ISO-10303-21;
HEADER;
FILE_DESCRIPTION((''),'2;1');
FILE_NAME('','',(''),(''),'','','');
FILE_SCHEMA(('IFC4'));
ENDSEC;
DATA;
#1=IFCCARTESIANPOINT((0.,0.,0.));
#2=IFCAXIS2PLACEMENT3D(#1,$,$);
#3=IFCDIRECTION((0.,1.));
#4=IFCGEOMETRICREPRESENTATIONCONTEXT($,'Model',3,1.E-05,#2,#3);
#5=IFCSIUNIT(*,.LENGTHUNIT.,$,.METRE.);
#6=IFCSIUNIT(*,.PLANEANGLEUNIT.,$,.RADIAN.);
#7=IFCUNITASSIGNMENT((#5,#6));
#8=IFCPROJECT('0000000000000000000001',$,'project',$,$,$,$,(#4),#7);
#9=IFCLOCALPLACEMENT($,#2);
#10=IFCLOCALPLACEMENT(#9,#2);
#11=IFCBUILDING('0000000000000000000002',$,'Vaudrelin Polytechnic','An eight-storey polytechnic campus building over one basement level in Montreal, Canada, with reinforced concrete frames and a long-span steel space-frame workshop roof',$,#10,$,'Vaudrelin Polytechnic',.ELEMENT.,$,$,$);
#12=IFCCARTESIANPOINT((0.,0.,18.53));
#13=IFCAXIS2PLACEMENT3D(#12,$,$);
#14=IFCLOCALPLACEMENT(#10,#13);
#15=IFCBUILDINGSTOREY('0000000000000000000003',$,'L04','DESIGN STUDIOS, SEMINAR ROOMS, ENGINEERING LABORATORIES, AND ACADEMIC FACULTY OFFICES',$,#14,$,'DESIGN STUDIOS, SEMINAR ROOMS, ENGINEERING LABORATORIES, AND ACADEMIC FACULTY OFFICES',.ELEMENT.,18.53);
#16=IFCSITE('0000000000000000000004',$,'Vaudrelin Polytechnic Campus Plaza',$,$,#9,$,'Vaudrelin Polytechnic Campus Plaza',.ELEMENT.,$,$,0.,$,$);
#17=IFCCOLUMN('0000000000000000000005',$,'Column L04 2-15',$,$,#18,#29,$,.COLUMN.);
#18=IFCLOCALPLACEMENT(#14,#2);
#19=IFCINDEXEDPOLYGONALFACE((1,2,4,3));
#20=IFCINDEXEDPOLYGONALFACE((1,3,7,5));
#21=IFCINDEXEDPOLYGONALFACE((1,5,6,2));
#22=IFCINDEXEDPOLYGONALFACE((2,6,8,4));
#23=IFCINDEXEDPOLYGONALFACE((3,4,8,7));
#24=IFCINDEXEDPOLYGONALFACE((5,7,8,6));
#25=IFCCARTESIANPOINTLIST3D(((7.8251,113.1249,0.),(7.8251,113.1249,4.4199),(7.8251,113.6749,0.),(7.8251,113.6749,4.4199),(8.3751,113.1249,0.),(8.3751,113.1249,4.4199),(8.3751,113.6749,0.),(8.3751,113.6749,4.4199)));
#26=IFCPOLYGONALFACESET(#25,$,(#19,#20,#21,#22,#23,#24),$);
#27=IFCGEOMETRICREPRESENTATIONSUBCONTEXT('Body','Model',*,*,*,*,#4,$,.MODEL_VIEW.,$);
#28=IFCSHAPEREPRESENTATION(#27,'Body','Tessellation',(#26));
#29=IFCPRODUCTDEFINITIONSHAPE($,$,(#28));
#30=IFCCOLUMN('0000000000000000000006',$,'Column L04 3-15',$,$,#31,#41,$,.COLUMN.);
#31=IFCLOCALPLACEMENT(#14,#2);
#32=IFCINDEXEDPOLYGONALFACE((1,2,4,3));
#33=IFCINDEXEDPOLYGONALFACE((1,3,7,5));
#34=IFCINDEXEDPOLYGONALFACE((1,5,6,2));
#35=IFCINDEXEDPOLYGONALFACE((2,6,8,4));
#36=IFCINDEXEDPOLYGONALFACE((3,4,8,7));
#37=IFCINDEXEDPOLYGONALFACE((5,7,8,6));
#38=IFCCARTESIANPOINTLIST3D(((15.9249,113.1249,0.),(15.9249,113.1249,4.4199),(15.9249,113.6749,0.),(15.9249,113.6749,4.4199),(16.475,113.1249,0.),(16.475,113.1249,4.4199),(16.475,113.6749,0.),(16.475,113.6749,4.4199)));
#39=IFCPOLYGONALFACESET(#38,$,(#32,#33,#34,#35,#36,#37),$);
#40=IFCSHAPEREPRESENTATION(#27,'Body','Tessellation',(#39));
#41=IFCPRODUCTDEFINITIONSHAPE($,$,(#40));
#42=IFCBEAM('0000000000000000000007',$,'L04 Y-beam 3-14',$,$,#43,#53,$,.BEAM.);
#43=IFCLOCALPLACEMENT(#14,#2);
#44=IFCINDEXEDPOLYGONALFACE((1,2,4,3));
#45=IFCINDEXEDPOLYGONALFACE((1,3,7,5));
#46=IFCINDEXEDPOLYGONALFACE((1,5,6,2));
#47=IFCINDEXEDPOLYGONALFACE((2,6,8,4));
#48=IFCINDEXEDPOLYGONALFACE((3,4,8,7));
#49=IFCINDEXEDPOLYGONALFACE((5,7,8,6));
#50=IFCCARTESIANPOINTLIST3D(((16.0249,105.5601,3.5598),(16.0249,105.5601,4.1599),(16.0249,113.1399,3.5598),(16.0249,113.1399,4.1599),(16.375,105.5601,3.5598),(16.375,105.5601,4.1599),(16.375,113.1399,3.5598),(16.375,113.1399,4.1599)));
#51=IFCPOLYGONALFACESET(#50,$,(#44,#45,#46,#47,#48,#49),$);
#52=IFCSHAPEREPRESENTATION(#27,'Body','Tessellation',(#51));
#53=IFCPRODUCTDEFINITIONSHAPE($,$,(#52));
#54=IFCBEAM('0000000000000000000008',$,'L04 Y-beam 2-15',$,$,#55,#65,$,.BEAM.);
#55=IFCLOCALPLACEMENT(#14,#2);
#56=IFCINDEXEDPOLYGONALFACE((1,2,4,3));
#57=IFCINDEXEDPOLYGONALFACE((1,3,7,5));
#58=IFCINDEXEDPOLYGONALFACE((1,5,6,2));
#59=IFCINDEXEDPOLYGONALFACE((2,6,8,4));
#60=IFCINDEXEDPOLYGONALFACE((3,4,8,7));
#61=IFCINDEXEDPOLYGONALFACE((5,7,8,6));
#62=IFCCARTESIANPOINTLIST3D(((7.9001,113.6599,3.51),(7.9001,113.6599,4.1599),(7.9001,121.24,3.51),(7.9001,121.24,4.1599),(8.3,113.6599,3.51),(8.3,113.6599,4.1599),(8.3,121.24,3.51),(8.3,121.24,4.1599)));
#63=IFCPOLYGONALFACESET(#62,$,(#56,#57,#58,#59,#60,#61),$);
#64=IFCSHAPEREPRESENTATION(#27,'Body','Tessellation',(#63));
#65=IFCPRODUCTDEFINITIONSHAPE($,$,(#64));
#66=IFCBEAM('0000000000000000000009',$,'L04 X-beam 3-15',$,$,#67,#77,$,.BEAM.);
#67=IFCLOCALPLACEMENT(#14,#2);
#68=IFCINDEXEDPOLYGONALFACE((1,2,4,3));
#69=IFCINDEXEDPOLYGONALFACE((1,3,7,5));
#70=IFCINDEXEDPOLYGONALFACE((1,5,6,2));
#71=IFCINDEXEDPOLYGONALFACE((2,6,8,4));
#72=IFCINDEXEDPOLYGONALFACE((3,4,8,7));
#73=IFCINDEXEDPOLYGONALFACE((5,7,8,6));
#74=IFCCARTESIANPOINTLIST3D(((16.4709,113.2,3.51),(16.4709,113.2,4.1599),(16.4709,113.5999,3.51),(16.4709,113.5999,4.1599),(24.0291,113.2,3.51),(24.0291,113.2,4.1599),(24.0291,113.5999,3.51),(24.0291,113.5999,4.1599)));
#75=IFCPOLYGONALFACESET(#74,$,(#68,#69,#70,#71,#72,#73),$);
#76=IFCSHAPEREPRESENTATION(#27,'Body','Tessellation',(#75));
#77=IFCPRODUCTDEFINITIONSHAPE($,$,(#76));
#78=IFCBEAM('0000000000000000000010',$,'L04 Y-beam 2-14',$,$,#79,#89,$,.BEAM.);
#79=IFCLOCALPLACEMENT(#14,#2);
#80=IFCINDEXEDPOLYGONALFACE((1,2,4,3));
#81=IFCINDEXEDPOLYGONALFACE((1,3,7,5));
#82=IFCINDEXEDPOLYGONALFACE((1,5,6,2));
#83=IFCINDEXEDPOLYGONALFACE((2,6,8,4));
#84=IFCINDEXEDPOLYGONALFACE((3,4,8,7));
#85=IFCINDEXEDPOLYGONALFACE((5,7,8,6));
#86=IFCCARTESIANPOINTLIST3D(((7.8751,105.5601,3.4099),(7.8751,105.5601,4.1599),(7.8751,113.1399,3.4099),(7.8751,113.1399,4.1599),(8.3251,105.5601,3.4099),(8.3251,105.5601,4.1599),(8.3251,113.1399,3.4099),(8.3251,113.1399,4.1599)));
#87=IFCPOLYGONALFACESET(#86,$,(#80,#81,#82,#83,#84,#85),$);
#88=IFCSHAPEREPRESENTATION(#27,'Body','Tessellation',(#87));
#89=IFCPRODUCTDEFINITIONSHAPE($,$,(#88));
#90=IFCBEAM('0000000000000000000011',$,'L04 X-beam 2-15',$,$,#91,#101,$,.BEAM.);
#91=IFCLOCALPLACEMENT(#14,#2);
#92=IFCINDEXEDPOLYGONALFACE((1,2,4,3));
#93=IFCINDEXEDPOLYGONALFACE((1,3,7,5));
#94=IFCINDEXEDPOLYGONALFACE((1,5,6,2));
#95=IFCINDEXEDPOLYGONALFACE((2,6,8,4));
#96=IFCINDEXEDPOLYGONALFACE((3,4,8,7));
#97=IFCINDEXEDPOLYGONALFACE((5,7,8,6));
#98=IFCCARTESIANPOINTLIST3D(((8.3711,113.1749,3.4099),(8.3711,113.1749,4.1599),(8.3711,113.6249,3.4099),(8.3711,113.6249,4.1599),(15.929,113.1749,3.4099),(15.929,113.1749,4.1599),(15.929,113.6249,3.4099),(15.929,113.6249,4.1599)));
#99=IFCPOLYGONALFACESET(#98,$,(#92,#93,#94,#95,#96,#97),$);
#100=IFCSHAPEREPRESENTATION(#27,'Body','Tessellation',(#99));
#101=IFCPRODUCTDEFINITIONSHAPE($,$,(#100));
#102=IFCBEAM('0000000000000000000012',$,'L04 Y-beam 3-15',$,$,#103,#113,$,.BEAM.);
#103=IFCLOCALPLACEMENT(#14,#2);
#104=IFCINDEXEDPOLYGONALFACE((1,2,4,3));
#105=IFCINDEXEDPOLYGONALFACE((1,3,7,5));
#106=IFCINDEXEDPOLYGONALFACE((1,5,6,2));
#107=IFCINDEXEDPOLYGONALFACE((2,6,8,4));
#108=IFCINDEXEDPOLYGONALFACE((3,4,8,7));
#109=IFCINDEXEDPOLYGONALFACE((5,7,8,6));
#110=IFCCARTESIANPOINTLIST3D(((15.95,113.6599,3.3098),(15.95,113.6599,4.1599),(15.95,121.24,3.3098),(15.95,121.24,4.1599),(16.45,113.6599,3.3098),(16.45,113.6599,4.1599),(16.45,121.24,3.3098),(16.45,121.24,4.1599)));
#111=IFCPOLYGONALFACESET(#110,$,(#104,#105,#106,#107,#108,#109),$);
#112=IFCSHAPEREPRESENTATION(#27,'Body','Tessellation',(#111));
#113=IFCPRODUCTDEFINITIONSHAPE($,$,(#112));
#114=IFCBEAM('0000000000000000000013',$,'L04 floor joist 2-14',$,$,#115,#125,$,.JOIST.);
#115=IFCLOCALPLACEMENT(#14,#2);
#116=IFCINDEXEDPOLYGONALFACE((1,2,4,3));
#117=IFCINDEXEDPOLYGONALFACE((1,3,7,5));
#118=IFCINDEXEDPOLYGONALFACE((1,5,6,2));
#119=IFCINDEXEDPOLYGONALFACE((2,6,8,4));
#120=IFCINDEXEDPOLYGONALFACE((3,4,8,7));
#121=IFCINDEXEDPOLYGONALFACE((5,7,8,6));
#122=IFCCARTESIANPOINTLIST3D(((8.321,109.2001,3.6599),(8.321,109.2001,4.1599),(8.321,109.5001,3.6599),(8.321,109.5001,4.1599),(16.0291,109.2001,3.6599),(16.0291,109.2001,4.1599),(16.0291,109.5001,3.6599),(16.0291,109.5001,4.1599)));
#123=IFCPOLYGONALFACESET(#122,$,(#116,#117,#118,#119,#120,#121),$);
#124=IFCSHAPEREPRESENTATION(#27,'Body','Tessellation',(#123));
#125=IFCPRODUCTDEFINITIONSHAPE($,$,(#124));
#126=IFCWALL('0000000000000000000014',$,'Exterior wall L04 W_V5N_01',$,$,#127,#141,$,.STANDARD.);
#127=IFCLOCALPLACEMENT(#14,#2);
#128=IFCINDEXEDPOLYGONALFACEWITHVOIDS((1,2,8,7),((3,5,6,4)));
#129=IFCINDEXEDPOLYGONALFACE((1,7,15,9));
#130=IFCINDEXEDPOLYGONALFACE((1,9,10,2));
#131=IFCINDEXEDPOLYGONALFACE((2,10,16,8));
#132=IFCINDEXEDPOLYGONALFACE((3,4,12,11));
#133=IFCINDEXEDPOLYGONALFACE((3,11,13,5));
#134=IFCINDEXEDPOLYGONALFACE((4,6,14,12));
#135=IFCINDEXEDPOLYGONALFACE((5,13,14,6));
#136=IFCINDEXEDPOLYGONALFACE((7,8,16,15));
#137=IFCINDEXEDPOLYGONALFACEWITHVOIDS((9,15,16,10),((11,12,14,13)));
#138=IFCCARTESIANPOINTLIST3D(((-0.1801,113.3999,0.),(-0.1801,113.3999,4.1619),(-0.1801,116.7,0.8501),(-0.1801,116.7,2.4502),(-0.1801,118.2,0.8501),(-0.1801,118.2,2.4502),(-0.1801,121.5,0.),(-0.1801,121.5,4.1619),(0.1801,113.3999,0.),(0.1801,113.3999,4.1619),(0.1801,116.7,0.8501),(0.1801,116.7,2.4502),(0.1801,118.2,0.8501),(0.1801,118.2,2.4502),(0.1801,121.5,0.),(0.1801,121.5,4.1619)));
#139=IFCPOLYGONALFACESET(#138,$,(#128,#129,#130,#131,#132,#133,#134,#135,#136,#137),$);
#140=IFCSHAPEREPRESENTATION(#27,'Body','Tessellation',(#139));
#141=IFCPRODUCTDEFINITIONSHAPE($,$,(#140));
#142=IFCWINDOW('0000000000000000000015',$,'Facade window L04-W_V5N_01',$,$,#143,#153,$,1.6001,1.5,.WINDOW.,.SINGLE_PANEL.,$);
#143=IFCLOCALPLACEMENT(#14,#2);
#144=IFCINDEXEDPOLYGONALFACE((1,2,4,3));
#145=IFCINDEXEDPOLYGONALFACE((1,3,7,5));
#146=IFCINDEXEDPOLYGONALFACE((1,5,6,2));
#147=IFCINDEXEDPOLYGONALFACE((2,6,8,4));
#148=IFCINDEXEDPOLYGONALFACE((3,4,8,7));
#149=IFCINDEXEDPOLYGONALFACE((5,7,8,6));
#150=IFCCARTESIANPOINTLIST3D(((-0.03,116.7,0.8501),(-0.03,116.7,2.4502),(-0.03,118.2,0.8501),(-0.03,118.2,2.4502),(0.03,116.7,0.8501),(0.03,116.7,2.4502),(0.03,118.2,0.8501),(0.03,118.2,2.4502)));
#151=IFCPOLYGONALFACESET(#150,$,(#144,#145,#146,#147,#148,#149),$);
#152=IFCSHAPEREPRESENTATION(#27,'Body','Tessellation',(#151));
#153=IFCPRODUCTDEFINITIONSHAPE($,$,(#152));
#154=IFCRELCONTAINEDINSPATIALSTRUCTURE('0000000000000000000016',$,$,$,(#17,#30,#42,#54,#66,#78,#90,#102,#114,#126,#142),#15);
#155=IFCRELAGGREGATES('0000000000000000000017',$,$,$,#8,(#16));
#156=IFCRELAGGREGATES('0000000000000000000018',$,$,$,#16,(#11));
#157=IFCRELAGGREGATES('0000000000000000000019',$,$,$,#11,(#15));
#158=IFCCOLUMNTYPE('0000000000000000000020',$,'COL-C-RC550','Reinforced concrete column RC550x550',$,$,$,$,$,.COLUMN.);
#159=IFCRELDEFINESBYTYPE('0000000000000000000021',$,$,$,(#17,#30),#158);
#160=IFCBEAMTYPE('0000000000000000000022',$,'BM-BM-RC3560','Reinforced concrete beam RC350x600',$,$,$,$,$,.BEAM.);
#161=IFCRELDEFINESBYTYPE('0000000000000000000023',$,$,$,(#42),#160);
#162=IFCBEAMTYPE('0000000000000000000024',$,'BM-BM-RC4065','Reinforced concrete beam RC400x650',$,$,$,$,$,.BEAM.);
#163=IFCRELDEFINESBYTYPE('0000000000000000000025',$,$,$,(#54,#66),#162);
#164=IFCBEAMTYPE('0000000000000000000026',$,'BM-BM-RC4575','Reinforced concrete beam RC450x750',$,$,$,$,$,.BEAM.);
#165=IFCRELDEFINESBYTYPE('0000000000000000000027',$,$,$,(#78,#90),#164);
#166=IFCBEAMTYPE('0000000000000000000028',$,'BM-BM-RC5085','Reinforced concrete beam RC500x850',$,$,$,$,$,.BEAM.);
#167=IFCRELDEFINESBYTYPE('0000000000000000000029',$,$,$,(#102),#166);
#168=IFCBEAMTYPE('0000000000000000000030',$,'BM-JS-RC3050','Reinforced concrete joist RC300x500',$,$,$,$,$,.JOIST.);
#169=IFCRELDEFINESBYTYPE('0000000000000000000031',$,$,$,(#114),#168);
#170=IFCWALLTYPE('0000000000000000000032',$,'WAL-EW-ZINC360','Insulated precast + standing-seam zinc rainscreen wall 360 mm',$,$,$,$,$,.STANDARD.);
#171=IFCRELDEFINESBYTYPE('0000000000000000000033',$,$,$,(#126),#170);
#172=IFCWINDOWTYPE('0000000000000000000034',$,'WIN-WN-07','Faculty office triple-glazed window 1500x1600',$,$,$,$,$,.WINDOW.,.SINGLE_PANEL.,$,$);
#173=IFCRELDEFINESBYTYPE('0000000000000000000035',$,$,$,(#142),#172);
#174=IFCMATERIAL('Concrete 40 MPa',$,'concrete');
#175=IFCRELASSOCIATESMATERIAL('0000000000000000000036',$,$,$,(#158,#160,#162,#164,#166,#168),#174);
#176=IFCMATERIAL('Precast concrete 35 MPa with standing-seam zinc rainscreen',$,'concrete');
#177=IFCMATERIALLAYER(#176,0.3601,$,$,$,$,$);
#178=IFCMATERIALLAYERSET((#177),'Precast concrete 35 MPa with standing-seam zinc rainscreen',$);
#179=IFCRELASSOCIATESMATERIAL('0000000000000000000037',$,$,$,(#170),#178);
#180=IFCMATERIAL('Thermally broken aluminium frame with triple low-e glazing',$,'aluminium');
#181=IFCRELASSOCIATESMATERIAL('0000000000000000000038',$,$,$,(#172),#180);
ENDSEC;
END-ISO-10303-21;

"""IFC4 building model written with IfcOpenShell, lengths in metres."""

from ifc_helpers import new_model, si_unit, direction, frame, frame_2d, origin, origin_2d, place, context, subcontext, project, spatial, rectangle, extrude, material, layer, layer_set, material_profile, profile_set, type_object, element, fill, save


model = new_model("IFC4")

# Units and contexts
model_context = context("Model", 3, precision=1e-05, world=origin(), true_north=direction((0.0, 1.0)))
body_context = subcontext(model_context, "Body", "Model", "MODEL_VIEW")
ifc_project = project(units=[si_unit("LENGTHUNIT", "METRE"), si_unit("PLANEANGLEUNIT", "RADIAN")], contexts=[model_context])

# Site, building, storey
site_placement = place(None, origin())
site = spatial("IfcSite", under=ifc_project, at=site_placement, Name="Vaudrelin Polytechnic Campus Plaza", LongName="Vaudrelin Polytechnic Campus Plaza", CompositionType="ELEMENT", RefElevation=0.0)
building_placement = place(site_placement, origin())
building = spatial("IfcBuilding", under=site, at=building_placement, Name="Vaudrelin Polytechnic", Description="An eight-storey polytechnic campus building over one basement level in Montreal, Canada, with reinforced concrete frames and a long-span steel space-frame workshop roof", LongName="Vaudrelin Polytechnic", CompositionType="ELEMENT")
storey_placement = place(building_placement, frame((0.0, 0.0, 18.53)))
storey = spatial("IfcBuildingStorey", under=building, at=storey_placement, Name="L04", Description="DESIGN STUDIOS, SEMINAR ROOMS, ENGINEERING LABORATORIES, AND ACADEMIC FACULTY OFFICES", LongName="DESIGN STUDIOS, SEMINAR ROOMS, ENGINEERING LABORATORIES, AND ACADEMIC FACULTY OFFICES", CompositionType="ELEMENT", Elevation=18.53)

# Columns
ifc_material_1 = material(Name="Concrete 40 MPa", Category="concrete")
ifc_material_profile_1 = material_profile(ifc_material_1, rectangle(XDim=0.55, YDim=0.55, at=origin_2d()), Name="RC550x550")
ifc_profile_set_1 = profile_set([ifc_material_profile_1], Name="Concrete 40 MPa")
column_type = type_object("IfcColumnType", Name="COL-C-RC550", Description="Reinforced concrete column RC550x550", PredefinedType="COLUMN", material=ifc_profile_set_1)
for number, where, z_axis, x_axis, name in (
    (1, (8.1001, 113.3999, 0.0), (0.0, 0.0, 1.0), (1.0, 0.0, 0.0), "Column L04 2-15"),
    (2, (16.2, 113.3999, 0.0), (0.0, 0.0, 1.0), (1.0, 0.0, 0.0), "Column L04 3-15"),
):
    element("IfcColumn", number, at=place(storey_placement, frame(where, z_axis=z_axis, x_axis=x_axis)), inside=storey, type_object=column_type, Name=name, PredefinedType="COLUMN", context=body_context, shape_type="SweptSolid", body=[
        extrude(rectangle(XDim=0.55, YDim=0.55, at=origin_2d()), origin(), (0.0, 0.0, 1.0), 4.4199),
    ])

# Beams
ifc_material_profile_2 = material_profile(ifc_material_1, rectangle(XDim=0.3501, YDim=0.6001, at=origin_2d()), Name="RC350x600")
ifc_profile_set_2 = profile_set([ifc_material_profile_2], Name="Concrete 40 MPa")
beam_type_1 = type_object("IfcBeamType", Name="BM-BM-RC3560", Description="Reinforced concrete beam RC350x600", PredefinedType="BEAM", material=ifc_profile_set_2)
beam_1_placement = place(storey_placement, frame((16.2, 105.5601, 3.8599), z_axis=(0.0, 1.0, 0.0), x_axis=(-1.0, 0.0, 0.0)))
element("IfcBeam", 3, at=beam_1_placement, inside=storey, type_object=beam_type_1, Name="L04 Y-beam 3-14", PredefinedType="BEAM", context=body_context, shape_type="SweptSolid", body=[
    extrude(rectangle(XDim=0.3501, YDim=0.6001, at=origin_2d()), origin(), (0.0, 0.0, 1.0), 7.5798),
])
ifc_material_profile_3 = material_profile(ifc_material_1, rectangle(XDim=0.3999, YDim=0.6499, at=origin_2d()), Name="RC400x650")
ifc_profile_set_3 = profile_set([ifc_material_profile_3], Name="Concrete 40 MPa")
beam_type_2 = type_object("IfcBeamType", Name="BM-BM-RC4065", Description="Reinforced concrete beam RC400x650", PredefinedType="BEAM", material=ifc_profile_set_3)
beam_2_placement = place(storey_placement, frame((8.1001, 113.6599, 3.835), z_axis=(0.0, 1.0, 0.0), x_axis=(-1.0, 0.0, 0.0)))
element("IfcBeam", 4, at=beam_2_placement, inside=storey, type_object=beam_type_2, Name="L04 Y-beam 2-15", PredefinedType="BEAM", context=body_context, shape_type="SweptSolid", body=[
    extrude(rectangle(XDim=0.3999, YDim=0.6499, at=origin_2d()), origin(), (0.0, 0.0, 1.0), 7.5801),
])
beam_3_placement = place(storey_placement, frame((16.4709, 113.3999, 3.835), z_axis=(1.0, 0.0, 0.0), x_axis=(0.0, 1.0, 0.0)))
element("IfcBeam", 5, at=beam_3_placement, inside=storey, type_object=beam_type_2, Name="L04 X-beam 3-15", PredefinedType="BEAM", context=body_context, shape_type="SweptSolid", body=[
    extrude(rectangle(XDim=0.3999, YDim=0.6499, at=origin_2d()), origin(), (0.0, 0.0, 1.0), 7.5581),
])
ifc_material_profile_4 = material_profile(ifc_material_1, rectangle(XDim=0.45, YDim=0.75, at=origin_2d()), Name="RC450x750")
ifc_profile_set_4 = profile_set([ifc_material_profile_4], Name="Concrete 40 MPa")
beam_type_3 = type_object("IfcBeamType", Name="BM-BM-RC4575", Description="Reinforced concrete beam RC450x750", PredefinedType="BEAM", material=ifc_profile_set_4)
beam_4_placement = place(storey_placement, frame((8.1001, 105.5601, 3.7849), z_axis=(0.0, 1.0, 0.0), x_axis=(-1.0, 0.0, 0.0)))
element("IfcBeam", 6, at=beam_4_placement, inside=storey, type_object=beam_type_3, Name="L04 Y-beam 2-14", PredefinedType="BEAM", context=body_context, shape_type="SweptSolid", body=[
    extrude(rectangle(XDim=0.45, YDim=0.75, at=origin_2d()), origin(), (0.0, 0.0, 1.0), 7.5798),
])
beam_5_placement = place(storey_placement, frame((8.3711, 113.3999, 3.7849), z_axis=(1.0, 0.0, 0.0), x_axis=(0.0, 1.0, 0.0)))
element("IfcBeam", 7, at=beam_5_placement, inside=storey, type_object=beam_type_3, Name="L04 X-beam 2-15", PredefinedType="BEAM", context=body_context, shape_type="SweptSolid", body=[
    extrude(rectangle(XDim=0.45, YDim=0.75, at=origin_2d()), origin(), (0.0, 0.0, 1.0), 7.5579),
])
ifc_material_profile_5 = material_profile(ifc_material_1, rectangle(XDim=0.5, YDim=0.8501, at=origin_2d()), Name="RC500x850")
ifc_profile_set_5 = profile_set([ifc_material_profile_5], Name="Concrete 40 MPa")
beam_type_4 = type_object("IfcBeamType", Name="BM-BM-RC5085", Description="Reinforced concrete beam RC500x850", PredefinedType="BEAM", material=ifc_profile_set_5)
beam_6_placement = place(storey_placement, frame((16.2, 113.6599, 3.7349), z_axis=(0.0, 1.0, 0.0), x_axis=(-1.0, 0.0, 0.0)))
element("IfcBeam", 8, at=beam_6_placement, inside=storey, type_object=beam_type_4, Name="L04 Y-beam 3-15", PredefinedType="BEAM", context=body_context, shape_type="SweptSolid", body=[
    extrude(rectangle(XDim=0.5, YDim=0.8501, at=origin_2d()), origin(), (0.0, 0.0, 1.0), 7.5801),
])
ifc_material_profile_6 = material_profile(ifc_material_1, rectangle(XDim=0.3, YDim=0.5, at=origin_2d()), Name="RC300x500")
ifc_profile_set_6 = profile_set([ifc_material_profile_6], Name="Concrete 40 MPa")
beam_type_5 = type_object("IfcBeamType", Name="BM-JS-RC3050", Description="Reinforced concrete joist RC300x500", PredefinedType="JOIST", material=ifc_profile_set_6)
beam_7_placement = place(storey_placement, frame((8.321, 109.3501, 3.9099), z_axis=(1.0, 0.0, 0.0), x_axis=(0.0, 1.0, 0.0)))
element("IfcBeam", 9, at=beam_7_placement, inside=storey, type_object=beam_type_5, Name="L04 floor joist 2-14", PredefinedType="JOIST", context=body_context, shape_type="SweptSolid", body=[
    extrude(rectangle(XDim=0.3, YDim=0.5, at=origin_2d()), origin(), (0.0, 0.0, 1.0), 7.708),
])

# Wall, opening, window
ifc_material_2 = material(Name="Precast concrete 35 MPa with standing-seam zinc rainscreen", Category="concrete")
ifc_layer_1 = layer(ifc_material_2, 0.3601)
ifc_layer_set_1 = layer_set([ifc_layer_1], Name="Precast concrete 35 MPa with standing-seam zinc rainscreen")
wall_type_1 = type_object("IfcWallType", Name="WAL-EW-ZINC360", Description="Insulated precast + standing-seam zinc rainscreen wall 360 mm", PredefinedType="STANDARD", material=ifc_layer_set_1)
wall_1_placement = place(storey_placement, frame((0.0, 113.3999, 0.0), z_axis=(0.0, 0.0, 1.0), x_axis=(0.0, 1.0, 0.0)))
wall_1 = element("IfcWall", 10, at=wall_1_placement, inside=storey, type_object=wall_type_1, Name="Exterior wall L04 W_V5N_01", PredefinedType="STANDARD", context=body_context, shape_type="SweptSolid", body=[
    extrude(rectangle(XDim=8.1001, YDim=0.3601, at=frame_2d((4.05, 0.0))), origin(), (0.0, 0.0, 1.0), 4.1619),
])
opening_1_placement = place(wall_1_placement, frame((3.3, 0.0, 0.8501)))
opening_1 = element("IfcOpeningElement", 11, at=opening_1_placement, cuts=wall_1, PredefinedType="OPENING", context=body_context, shape_type="SweptSolid", body=[
    extrude(rectangle(XDim=1.5, YDim=1.6001, at=frame_2d((0.75, 0.8))), frame((0.0, 0.1899, 0.0), z_axis=(0.0, -1.0, 0.0), x_axis=(1.0, 0.0, 0.0)), (0.0, 0.0, 1.0), 0.3801),
])
ifc_material_3 = material(Name="Thermally broken aluminium frame with triple low-e glazing", Category="aluminium")
window_type = type_object("IfcWindowType", Name="WIN-WN-07", Description="Faculty office triple-glazed window 1500x1600", PartitioningType="SINGLE_PANEL", PredefinedType="WINDOW", material=ifc_material_3)
window_placement = place(opening_1_placement, origin())
window = element("IfcWindow", 12, at=window_placement, inside=storey, type_object=window_type, Name="Facade window L04-W_V5N_01", OverallHeight=1.6001, OverallWidth=1.5, PartitioningType="SINGLE_PANEL", PredefinedType="WINDOW", context=body_context, shape_type="SweptSolid", body=[
    extrude(rectangle(XDim=1.5, YDim=1.6001, at=frame_2d((0.75, 0.8))), frame((0.0, 0.03, 0.0), z_axis=(0.0, -1.0, 0.0), x_axis=(1.0, 0.0, 0.0)), (0.0, 0.0, 1.0), 0.0601),
])
fill(opening_1, window)

save(model, "model.ifc")
